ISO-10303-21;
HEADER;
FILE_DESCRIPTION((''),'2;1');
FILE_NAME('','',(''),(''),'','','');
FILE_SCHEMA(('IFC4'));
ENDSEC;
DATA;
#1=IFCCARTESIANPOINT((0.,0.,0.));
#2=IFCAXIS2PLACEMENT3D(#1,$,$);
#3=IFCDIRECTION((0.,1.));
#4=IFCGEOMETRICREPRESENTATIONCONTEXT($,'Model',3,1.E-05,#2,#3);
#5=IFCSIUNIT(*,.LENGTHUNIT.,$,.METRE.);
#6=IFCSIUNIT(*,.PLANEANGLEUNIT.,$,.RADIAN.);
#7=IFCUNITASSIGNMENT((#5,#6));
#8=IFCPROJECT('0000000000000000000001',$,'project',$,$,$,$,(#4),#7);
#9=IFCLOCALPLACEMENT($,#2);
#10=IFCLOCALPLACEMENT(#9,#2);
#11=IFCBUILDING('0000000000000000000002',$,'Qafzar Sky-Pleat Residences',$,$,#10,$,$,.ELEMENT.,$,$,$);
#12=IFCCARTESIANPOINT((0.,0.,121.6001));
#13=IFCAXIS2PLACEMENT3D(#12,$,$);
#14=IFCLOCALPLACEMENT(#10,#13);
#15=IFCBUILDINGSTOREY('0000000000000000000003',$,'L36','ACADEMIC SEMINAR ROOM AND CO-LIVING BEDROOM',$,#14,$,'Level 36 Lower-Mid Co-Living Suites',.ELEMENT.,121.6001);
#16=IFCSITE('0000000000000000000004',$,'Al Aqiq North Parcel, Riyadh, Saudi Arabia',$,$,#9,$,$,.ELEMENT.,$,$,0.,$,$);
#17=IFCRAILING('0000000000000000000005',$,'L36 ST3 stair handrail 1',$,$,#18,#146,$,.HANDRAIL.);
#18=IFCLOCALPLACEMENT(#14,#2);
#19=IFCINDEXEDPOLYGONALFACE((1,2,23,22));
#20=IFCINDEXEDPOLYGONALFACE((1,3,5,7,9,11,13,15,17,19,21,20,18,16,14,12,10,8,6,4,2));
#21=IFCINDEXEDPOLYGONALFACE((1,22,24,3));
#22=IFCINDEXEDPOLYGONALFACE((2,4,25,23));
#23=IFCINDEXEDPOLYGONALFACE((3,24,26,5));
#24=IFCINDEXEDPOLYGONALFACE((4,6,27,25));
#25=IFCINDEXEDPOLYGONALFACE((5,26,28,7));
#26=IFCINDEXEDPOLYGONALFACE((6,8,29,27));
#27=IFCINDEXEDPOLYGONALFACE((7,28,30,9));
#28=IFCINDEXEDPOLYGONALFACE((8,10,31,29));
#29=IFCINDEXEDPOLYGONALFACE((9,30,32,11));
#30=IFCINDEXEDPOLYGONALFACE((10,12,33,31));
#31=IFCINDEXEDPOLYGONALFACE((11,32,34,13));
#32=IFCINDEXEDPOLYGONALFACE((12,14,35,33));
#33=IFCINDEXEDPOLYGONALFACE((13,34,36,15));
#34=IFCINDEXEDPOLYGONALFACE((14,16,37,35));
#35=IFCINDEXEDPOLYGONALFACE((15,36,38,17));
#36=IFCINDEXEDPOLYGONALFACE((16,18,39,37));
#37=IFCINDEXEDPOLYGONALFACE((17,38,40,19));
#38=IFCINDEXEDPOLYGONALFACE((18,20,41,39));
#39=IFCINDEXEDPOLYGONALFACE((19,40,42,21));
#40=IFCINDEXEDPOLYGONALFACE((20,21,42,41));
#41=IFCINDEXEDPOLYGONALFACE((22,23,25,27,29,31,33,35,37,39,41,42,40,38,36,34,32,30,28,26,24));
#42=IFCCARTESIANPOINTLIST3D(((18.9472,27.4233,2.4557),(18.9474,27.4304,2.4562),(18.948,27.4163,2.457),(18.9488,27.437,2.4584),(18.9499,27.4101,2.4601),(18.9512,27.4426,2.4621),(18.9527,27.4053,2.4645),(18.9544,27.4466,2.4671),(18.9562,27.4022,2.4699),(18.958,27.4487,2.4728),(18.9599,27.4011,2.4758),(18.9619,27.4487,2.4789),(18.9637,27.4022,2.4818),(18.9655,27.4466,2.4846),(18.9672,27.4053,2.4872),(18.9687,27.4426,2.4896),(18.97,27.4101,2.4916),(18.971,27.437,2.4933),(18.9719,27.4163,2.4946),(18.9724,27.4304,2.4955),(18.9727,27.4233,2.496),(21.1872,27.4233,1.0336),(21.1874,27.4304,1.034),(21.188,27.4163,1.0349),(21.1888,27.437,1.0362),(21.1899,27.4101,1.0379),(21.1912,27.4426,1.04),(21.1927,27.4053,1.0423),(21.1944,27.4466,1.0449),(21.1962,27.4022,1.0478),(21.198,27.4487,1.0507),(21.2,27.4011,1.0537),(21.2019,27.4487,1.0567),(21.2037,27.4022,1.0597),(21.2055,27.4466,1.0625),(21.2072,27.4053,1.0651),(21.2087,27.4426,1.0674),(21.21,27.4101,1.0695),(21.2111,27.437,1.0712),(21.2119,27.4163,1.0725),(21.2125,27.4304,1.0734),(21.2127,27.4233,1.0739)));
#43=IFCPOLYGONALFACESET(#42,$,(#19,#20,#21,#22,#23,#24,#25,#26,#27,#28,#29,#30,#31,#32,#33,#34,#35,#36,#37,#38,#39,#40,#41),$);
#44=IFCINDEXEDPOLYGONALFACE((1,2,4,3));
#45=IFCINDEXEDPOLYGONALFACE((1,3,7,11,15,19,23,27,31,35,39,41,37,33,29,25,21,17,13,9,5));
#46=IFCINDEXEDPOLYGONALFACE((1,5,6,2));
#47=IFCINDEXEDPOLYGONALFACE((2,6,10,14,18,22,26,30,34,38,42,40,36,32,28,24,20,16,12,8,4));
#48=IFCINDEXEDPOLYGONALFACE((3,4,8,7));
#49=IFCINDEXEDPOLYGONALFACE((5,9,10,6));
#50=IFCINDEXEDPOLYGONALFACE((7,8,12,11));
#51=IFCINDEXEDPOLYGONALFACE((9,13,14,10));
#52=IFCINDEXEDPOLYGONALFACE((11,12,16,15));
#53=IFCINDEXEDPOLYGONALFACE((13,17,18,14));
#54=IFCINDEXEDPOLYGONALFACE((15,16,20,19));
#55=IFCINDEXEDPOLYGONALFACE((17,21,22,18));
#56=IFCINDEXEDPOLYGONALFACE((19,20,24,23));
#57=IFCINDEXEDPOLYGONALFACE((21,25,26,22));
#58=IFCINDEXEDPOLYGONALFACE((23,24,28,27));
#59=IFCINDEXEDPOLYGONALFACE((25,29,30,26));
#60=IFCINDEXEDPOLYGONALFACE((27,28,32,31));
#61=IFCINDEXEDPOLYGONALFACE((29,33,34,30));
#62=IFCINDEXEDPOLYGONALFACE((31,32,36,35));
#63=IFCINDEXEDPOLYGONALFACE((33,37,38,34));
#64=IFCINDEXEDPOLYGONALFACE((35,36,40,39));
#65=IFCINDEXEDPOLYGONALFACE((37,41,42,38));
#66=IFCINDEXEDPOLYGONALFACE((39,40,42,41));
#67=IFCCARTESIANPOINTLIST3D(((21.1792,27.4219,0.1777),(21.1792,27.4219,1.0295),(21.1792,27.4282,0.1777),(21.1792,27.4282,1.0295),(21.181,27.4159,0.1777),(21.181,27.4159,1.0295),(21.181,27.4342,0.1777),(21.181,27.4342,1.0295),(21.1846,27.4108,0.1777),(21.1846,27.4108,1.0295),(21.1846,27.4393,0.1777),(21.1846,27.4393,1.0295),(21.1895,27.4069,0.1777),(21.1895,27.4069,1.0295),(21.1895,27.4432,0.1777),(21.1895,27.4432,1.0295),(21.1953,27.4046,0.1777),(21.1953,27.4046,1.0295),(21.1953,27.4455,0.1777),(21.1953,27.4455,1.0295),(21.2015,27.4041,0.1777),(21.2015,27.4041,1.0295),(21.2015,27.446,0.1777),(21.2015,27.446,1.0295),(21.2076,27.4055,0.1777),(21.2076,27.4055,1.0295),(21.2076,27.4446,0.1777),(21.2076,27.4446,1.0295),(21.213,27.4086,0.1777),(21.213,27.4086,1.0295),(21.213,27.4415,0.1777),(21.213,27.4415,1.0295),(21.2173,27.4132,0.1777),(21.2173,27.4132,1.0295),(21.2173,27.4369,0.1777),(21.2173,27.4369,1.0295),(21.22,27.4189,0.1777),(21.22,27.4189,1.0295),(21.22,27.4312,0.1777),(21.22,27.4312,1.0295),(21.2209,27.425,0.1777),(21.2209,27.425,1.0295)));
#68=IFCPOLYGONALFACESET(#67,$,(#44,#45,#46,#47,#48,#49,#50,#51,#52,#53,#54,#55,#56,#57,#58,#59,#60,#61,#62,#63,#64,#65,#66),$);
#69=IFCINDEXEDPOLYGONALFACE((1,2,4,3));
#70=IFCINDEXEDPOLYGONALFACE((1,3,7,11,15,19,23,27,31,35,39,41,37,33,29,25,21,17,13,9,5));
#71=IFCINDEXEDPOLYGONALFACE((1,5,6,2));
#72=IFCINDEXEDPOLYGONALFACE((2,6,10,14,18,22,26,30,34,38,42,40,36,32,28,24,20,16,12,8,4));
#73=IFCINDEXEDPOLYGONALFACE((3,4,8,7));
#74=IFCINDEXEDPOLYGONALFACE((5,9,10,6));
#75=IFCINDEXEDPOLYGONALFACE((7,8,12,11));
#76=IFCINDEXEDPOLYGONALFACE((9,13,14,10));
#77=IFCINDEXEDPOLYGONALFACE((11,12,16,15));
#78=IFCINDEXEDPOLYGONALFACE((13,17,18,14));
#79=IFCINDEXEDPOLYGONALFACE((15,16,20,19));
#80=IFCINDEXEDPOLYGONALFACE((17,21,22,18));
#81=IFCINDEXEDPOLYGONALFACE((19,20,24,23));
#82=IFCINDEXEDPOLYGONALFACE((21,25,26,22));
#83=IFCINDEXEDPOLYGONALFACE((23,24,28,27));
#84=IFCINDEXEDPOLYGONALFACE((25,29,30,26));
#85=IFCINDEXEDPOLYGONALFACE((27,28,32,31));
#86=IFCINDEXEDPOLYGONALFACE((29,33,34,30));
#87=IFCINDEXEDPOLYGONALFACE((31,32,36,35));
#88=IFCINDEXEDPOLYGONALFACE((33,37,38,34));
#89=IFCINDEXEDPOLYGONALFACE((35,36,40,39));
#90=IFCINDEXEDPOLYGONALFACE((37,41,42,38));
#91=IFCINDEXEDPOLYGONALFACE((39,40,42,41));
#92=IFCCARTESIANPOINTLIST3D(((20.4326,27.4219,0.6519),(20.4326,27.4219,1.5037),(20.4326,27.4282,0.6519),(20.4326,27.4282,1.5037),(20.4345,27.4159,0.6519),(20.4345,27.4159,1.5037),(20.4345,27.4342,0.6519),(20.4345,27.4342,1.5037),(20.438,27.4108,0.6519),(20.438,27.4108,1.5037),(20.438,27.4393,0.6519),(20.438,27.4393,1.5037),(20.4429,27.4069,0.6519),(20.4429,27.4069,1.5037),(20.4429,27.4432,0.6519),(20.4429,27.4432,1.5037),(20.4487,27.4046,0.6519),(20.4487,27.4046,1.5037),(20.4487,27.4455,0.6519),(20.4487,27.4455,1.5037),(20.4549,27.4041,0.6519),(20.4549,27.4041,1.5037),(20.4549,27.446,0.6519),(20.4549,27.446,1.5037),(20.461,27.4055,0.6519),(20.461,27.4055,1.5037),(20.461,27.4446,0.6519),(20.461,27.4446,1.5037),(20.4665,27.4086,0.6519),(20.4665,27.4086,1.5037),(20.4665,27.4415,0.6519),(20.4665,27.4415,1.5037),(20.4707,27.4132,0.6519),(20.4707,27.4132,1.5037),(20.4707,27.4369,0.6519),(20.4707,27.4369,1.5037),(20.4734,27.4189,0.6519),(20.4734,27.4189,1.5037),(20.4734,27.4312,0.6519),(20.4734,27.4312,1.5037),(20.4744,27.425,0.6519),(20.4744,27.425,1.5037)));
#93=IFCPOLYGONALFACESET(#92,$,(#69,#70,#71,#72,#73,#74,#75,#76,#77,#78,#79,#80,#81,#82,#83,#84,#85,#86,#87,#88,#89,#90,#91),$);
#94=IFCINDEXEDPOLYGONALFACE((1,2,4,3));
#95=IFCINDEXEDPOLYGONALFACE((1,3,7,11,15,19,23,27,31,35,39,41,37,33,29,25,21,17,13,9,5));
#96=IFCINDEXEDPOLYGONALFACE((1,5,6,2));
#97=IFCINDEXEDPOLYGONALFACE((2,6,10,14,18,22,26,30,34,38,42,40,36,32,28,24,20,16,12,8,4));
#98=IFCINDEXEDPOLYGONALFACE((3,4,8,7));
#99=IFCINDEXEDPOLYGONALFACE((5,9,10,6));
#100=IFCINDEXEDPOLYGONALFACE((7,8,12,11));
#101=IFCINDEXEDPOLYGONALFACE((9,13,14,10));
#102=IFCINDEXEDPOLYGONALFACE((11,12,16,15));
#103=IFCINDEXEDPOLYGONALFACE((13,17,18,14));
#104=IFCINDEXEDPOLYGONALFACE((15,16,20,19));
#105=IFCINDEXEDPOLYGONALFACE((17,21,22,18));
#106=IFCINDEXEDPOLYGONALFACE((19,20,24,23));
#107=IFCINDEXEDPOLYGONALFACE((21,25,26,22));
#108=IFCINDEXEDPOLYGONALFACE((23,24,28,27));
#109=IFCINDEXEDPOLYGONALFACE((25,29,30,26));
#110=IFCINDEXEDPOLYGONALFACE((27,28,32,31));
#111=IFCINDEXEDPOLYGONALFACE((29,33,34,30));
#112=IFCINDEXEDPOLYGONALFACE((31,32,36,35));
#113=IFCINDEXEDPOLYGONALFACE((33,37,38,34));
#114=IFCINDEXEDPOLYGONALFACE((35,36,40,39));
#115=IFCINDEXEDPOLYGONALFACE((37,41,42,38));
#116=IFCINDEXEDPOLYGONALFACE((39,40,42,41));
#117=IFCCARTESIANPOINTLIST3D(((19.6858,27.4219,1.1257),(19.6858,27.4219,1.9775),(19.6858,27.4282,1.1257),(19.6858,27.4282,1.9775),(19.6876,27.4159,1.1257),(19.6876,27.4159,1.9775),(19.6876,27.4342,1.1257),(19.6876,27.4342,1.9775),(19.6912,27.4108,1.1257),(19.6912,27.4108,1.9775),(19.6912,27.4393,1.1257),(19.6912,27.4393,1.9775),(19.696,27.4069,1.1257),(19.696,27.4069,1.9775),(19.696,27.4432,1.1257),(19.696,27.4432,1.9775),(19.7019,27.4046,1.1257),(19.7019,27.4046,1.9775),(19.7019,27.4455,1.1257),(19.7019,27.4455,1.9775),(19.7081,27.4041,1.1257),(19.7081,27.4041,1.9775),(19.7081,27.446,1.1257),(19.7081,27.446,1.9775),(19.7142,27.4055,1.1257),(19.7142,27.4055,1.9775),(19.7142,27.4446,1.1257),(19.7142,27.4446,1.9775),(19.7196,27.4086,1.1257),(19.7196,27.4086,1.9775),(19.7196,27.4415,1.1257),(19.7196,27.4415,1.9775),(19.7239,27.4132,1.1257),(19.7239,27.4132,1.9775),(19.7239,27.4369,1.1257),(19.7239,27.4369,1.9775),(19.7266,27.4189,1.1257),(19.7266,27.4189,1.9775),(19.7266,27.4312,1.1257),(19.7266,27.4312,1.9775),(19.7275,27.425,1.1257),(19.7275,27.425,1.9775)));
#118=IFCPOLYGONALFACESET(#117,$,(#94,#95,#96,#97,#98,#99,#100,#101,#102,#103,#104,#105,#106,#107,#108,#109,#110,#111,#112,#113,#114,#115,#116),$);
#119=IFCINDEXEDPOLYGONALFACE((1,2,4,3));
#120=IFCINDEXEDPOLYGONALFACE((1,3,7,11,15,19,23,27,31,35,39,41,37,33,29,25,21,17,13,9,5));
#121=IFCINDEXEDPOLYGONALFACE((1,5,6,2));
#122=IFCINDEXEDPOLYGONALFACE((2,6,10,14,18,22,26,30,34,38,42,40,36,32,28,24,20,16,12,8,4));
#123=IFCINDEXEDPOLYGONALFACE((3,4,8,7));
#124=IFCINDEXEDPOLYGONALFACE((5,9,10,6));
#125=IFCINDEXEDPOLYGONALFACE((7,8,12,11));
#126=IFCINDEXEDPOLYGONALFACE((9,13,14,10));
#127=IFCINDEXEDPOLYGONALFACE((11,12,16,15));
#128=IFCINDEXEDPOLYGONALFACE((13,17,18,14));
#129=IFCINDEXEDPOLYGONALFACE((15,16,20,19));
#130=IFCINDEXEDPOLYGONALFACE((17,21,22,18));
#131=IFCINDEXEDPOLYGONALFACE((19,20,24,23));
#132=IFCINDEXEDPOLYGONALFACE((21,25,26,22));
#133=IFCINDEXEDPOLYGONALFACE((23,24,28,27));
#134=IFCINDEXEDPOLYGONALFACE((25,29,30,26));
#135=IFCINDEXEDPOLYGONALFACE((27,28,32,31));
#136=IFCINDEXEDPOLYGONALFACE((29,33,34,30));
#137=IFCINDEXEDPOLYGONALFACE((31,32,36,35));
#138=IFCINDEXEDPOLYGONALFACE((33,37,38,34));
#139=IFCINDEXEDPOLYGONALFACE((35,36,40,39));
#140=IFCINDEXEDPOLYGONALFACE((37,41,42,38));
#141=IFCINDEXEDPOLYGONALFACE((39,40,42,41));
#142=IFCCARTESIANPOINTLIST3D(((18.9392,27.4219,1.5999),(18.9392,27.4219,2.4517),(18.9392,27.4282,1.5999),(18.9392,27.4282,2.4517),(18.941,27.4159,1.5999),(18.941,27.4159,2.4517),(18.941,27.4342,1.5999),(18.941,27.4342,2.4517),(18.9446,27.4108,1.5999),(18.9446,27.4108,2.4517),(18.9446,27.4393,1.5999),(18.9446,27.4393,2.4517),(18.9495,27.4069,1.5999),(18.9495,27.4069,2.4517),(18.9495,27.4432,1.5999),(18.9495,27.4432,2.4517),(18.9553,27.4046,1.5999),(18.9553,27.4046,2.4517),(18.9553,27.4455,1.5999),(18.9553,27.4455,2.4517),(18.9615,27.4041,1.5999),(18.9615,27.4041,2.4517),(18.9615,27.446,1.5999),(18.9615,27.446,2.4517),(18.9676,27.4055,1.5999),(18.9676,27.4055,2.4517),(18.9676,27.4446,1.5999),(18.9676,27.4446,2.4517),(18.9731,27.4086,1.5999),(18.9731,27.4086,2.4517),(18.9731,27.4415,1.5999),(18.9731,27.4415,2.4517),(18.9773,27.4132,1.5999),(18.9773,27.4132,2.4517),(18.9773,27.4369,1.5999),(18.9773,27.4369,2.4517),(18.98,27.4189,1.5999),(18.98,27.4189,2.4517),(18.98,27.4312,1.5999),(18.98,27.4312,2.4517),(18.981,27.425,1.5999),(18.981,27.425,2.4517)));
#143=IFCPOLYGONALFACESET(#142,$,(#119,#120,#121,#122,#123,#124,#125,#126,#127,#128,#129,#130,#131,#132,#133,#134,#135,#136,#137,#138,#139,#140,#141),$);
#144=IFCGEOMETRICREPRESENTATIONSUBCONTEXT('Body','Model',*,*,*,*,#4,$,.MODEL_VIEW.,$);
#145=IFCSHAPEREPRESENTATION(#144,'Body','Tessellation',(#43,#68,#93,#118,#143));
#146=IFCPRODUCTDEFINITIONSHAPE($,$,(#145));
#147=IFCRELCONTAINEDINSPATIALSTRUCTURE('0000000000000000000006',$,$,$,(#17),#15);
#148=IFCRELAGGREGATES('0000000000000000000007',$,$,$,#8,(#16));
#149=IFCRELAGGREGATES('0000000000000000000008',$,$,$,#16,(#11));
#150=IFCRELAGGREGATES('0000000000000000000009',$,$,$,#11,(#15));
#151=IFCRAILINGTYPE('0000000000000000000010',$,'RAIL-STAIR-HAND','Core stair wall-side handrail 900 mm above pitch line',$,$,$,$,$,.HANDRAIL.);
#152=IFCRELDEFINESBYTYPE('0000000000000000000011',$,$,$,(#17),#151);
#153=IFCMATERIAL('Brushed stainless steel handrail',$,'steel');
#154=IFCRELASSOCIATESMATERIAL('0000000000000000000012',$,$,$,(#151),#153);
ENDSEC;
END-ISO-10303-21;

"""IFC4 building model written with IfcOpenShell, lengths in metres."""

from ifc_helpers import new_model, si_unit, direction, frame, origin, origin_2d, place, context, subcontext, project, spatial, circle, extrude, source, transform, mapped, material, type_object, element, save


model = new_model("IFC4")

# Units and contexts
model_context = context("Model", 3, precision=1e-05, world=origin(), true_north=direction((0.0, 1.0)))
body_context = subcontext(model_context, "Body", "Model", "MODEL_VIEW")
ifc_project = project(units=[si_unit("LENGTHUNIT", "METRE"), si_unit("PLANEANGLEUNIT", "RADIAN")], contexts=[model_context])

# Site, building, storey
site_placement = place(None, origin())
site = spatial("IfcSite", under=ifc_project, at=site_placement, Name="Al Aqiq North Parcel, Riyadh, Saudi Arabia", CompositionType="ELEMENT", RefElevation=0.0)
building_placement = place(site_placement, origin())
building = spatial("IfcBuilding", under=site, at=building_placement, Name="Qafzar Sky-Pleat Residences", CompositionType="ELEMENT")
storey_placement = place(building_placement, frame((0.0, 0.0, 121.6001)))
storey = spatial("IfcBuildingStorey", under=building, at=storey_placement, Name="L36", Description="ACADEMIC SEMINAR ROOM AND CO-LIVING BEDROOM", LongName="Level 36 Lower-Mid Co-Living Suites", CompositionType="ELEMENT", Elevation=121.6001)

# Railing
ifc_material_1 = material(Name="Brushed stainless steel handrail", Category="steel")
railing_type_1 = type_object("IfcRailingType", Name="RAIL-STAIR-HAND", Description="Core stair wall-side handrail 900 mm above pitch line", PredefinedType="HANDRAIL", material=ifc_material_1)
shared_shape_1 = source(origin(), body_context, "Body", "SweptSolid", [
    extrude(circle(Radius=0.0239, at=origin_2d()), frame((0.0, 0.0, 0.876), z_axis=(-0.844229, 0.0, 0.535982), x_axis=(0.0, -1.0, 0.0)), (0.0, 0.0, 1.0), 2.6533),
    extrude(circle(Radius=0.021, at=origin_2d()), origin(), (0.0, 0.0, 1.0), 0.8518),
    extrude(circle(Radius=0.021, at=origin_2d()), frame((-0.7466, 0.0, 0.4741)), (0.0, 0.0, 1.0), 0.8518),
    extrude(circle(Radius=0.021, at=origin_2d()), frame((-1.4934, 0.0, 0.948)), (0.0, 0.0, 1.0), 0.8518),
    extrude(circle(Radius=0.021, at=origin_2d()), frame((-2.24, 0.0, 1.4221)), (0.0, 0.0, 1.0), 0.8518),
])
railing_1_placement = place(storey_placement, frame((21.2, 27.425, 0.1777)))
element("IfcRailing", 1, at=railing_1_placement, inside=storey, type_object=railing_type_1, Name="L36 ST3 stair handrail 1", PredefinedType="HANDRAIL", context=body_context, shape_type="MappedRepresentation", body=[
    mapped(shared_shape_1, transform((0.0, 0.0, 0.0), x_axis=(1.0, 0.0, 0.0), y_axis=(0.0, 1.0, 0.0), z_axis=(0.0, 0.0, 1.0), scale=1.0)),
])

save(model, "model.ifc")
